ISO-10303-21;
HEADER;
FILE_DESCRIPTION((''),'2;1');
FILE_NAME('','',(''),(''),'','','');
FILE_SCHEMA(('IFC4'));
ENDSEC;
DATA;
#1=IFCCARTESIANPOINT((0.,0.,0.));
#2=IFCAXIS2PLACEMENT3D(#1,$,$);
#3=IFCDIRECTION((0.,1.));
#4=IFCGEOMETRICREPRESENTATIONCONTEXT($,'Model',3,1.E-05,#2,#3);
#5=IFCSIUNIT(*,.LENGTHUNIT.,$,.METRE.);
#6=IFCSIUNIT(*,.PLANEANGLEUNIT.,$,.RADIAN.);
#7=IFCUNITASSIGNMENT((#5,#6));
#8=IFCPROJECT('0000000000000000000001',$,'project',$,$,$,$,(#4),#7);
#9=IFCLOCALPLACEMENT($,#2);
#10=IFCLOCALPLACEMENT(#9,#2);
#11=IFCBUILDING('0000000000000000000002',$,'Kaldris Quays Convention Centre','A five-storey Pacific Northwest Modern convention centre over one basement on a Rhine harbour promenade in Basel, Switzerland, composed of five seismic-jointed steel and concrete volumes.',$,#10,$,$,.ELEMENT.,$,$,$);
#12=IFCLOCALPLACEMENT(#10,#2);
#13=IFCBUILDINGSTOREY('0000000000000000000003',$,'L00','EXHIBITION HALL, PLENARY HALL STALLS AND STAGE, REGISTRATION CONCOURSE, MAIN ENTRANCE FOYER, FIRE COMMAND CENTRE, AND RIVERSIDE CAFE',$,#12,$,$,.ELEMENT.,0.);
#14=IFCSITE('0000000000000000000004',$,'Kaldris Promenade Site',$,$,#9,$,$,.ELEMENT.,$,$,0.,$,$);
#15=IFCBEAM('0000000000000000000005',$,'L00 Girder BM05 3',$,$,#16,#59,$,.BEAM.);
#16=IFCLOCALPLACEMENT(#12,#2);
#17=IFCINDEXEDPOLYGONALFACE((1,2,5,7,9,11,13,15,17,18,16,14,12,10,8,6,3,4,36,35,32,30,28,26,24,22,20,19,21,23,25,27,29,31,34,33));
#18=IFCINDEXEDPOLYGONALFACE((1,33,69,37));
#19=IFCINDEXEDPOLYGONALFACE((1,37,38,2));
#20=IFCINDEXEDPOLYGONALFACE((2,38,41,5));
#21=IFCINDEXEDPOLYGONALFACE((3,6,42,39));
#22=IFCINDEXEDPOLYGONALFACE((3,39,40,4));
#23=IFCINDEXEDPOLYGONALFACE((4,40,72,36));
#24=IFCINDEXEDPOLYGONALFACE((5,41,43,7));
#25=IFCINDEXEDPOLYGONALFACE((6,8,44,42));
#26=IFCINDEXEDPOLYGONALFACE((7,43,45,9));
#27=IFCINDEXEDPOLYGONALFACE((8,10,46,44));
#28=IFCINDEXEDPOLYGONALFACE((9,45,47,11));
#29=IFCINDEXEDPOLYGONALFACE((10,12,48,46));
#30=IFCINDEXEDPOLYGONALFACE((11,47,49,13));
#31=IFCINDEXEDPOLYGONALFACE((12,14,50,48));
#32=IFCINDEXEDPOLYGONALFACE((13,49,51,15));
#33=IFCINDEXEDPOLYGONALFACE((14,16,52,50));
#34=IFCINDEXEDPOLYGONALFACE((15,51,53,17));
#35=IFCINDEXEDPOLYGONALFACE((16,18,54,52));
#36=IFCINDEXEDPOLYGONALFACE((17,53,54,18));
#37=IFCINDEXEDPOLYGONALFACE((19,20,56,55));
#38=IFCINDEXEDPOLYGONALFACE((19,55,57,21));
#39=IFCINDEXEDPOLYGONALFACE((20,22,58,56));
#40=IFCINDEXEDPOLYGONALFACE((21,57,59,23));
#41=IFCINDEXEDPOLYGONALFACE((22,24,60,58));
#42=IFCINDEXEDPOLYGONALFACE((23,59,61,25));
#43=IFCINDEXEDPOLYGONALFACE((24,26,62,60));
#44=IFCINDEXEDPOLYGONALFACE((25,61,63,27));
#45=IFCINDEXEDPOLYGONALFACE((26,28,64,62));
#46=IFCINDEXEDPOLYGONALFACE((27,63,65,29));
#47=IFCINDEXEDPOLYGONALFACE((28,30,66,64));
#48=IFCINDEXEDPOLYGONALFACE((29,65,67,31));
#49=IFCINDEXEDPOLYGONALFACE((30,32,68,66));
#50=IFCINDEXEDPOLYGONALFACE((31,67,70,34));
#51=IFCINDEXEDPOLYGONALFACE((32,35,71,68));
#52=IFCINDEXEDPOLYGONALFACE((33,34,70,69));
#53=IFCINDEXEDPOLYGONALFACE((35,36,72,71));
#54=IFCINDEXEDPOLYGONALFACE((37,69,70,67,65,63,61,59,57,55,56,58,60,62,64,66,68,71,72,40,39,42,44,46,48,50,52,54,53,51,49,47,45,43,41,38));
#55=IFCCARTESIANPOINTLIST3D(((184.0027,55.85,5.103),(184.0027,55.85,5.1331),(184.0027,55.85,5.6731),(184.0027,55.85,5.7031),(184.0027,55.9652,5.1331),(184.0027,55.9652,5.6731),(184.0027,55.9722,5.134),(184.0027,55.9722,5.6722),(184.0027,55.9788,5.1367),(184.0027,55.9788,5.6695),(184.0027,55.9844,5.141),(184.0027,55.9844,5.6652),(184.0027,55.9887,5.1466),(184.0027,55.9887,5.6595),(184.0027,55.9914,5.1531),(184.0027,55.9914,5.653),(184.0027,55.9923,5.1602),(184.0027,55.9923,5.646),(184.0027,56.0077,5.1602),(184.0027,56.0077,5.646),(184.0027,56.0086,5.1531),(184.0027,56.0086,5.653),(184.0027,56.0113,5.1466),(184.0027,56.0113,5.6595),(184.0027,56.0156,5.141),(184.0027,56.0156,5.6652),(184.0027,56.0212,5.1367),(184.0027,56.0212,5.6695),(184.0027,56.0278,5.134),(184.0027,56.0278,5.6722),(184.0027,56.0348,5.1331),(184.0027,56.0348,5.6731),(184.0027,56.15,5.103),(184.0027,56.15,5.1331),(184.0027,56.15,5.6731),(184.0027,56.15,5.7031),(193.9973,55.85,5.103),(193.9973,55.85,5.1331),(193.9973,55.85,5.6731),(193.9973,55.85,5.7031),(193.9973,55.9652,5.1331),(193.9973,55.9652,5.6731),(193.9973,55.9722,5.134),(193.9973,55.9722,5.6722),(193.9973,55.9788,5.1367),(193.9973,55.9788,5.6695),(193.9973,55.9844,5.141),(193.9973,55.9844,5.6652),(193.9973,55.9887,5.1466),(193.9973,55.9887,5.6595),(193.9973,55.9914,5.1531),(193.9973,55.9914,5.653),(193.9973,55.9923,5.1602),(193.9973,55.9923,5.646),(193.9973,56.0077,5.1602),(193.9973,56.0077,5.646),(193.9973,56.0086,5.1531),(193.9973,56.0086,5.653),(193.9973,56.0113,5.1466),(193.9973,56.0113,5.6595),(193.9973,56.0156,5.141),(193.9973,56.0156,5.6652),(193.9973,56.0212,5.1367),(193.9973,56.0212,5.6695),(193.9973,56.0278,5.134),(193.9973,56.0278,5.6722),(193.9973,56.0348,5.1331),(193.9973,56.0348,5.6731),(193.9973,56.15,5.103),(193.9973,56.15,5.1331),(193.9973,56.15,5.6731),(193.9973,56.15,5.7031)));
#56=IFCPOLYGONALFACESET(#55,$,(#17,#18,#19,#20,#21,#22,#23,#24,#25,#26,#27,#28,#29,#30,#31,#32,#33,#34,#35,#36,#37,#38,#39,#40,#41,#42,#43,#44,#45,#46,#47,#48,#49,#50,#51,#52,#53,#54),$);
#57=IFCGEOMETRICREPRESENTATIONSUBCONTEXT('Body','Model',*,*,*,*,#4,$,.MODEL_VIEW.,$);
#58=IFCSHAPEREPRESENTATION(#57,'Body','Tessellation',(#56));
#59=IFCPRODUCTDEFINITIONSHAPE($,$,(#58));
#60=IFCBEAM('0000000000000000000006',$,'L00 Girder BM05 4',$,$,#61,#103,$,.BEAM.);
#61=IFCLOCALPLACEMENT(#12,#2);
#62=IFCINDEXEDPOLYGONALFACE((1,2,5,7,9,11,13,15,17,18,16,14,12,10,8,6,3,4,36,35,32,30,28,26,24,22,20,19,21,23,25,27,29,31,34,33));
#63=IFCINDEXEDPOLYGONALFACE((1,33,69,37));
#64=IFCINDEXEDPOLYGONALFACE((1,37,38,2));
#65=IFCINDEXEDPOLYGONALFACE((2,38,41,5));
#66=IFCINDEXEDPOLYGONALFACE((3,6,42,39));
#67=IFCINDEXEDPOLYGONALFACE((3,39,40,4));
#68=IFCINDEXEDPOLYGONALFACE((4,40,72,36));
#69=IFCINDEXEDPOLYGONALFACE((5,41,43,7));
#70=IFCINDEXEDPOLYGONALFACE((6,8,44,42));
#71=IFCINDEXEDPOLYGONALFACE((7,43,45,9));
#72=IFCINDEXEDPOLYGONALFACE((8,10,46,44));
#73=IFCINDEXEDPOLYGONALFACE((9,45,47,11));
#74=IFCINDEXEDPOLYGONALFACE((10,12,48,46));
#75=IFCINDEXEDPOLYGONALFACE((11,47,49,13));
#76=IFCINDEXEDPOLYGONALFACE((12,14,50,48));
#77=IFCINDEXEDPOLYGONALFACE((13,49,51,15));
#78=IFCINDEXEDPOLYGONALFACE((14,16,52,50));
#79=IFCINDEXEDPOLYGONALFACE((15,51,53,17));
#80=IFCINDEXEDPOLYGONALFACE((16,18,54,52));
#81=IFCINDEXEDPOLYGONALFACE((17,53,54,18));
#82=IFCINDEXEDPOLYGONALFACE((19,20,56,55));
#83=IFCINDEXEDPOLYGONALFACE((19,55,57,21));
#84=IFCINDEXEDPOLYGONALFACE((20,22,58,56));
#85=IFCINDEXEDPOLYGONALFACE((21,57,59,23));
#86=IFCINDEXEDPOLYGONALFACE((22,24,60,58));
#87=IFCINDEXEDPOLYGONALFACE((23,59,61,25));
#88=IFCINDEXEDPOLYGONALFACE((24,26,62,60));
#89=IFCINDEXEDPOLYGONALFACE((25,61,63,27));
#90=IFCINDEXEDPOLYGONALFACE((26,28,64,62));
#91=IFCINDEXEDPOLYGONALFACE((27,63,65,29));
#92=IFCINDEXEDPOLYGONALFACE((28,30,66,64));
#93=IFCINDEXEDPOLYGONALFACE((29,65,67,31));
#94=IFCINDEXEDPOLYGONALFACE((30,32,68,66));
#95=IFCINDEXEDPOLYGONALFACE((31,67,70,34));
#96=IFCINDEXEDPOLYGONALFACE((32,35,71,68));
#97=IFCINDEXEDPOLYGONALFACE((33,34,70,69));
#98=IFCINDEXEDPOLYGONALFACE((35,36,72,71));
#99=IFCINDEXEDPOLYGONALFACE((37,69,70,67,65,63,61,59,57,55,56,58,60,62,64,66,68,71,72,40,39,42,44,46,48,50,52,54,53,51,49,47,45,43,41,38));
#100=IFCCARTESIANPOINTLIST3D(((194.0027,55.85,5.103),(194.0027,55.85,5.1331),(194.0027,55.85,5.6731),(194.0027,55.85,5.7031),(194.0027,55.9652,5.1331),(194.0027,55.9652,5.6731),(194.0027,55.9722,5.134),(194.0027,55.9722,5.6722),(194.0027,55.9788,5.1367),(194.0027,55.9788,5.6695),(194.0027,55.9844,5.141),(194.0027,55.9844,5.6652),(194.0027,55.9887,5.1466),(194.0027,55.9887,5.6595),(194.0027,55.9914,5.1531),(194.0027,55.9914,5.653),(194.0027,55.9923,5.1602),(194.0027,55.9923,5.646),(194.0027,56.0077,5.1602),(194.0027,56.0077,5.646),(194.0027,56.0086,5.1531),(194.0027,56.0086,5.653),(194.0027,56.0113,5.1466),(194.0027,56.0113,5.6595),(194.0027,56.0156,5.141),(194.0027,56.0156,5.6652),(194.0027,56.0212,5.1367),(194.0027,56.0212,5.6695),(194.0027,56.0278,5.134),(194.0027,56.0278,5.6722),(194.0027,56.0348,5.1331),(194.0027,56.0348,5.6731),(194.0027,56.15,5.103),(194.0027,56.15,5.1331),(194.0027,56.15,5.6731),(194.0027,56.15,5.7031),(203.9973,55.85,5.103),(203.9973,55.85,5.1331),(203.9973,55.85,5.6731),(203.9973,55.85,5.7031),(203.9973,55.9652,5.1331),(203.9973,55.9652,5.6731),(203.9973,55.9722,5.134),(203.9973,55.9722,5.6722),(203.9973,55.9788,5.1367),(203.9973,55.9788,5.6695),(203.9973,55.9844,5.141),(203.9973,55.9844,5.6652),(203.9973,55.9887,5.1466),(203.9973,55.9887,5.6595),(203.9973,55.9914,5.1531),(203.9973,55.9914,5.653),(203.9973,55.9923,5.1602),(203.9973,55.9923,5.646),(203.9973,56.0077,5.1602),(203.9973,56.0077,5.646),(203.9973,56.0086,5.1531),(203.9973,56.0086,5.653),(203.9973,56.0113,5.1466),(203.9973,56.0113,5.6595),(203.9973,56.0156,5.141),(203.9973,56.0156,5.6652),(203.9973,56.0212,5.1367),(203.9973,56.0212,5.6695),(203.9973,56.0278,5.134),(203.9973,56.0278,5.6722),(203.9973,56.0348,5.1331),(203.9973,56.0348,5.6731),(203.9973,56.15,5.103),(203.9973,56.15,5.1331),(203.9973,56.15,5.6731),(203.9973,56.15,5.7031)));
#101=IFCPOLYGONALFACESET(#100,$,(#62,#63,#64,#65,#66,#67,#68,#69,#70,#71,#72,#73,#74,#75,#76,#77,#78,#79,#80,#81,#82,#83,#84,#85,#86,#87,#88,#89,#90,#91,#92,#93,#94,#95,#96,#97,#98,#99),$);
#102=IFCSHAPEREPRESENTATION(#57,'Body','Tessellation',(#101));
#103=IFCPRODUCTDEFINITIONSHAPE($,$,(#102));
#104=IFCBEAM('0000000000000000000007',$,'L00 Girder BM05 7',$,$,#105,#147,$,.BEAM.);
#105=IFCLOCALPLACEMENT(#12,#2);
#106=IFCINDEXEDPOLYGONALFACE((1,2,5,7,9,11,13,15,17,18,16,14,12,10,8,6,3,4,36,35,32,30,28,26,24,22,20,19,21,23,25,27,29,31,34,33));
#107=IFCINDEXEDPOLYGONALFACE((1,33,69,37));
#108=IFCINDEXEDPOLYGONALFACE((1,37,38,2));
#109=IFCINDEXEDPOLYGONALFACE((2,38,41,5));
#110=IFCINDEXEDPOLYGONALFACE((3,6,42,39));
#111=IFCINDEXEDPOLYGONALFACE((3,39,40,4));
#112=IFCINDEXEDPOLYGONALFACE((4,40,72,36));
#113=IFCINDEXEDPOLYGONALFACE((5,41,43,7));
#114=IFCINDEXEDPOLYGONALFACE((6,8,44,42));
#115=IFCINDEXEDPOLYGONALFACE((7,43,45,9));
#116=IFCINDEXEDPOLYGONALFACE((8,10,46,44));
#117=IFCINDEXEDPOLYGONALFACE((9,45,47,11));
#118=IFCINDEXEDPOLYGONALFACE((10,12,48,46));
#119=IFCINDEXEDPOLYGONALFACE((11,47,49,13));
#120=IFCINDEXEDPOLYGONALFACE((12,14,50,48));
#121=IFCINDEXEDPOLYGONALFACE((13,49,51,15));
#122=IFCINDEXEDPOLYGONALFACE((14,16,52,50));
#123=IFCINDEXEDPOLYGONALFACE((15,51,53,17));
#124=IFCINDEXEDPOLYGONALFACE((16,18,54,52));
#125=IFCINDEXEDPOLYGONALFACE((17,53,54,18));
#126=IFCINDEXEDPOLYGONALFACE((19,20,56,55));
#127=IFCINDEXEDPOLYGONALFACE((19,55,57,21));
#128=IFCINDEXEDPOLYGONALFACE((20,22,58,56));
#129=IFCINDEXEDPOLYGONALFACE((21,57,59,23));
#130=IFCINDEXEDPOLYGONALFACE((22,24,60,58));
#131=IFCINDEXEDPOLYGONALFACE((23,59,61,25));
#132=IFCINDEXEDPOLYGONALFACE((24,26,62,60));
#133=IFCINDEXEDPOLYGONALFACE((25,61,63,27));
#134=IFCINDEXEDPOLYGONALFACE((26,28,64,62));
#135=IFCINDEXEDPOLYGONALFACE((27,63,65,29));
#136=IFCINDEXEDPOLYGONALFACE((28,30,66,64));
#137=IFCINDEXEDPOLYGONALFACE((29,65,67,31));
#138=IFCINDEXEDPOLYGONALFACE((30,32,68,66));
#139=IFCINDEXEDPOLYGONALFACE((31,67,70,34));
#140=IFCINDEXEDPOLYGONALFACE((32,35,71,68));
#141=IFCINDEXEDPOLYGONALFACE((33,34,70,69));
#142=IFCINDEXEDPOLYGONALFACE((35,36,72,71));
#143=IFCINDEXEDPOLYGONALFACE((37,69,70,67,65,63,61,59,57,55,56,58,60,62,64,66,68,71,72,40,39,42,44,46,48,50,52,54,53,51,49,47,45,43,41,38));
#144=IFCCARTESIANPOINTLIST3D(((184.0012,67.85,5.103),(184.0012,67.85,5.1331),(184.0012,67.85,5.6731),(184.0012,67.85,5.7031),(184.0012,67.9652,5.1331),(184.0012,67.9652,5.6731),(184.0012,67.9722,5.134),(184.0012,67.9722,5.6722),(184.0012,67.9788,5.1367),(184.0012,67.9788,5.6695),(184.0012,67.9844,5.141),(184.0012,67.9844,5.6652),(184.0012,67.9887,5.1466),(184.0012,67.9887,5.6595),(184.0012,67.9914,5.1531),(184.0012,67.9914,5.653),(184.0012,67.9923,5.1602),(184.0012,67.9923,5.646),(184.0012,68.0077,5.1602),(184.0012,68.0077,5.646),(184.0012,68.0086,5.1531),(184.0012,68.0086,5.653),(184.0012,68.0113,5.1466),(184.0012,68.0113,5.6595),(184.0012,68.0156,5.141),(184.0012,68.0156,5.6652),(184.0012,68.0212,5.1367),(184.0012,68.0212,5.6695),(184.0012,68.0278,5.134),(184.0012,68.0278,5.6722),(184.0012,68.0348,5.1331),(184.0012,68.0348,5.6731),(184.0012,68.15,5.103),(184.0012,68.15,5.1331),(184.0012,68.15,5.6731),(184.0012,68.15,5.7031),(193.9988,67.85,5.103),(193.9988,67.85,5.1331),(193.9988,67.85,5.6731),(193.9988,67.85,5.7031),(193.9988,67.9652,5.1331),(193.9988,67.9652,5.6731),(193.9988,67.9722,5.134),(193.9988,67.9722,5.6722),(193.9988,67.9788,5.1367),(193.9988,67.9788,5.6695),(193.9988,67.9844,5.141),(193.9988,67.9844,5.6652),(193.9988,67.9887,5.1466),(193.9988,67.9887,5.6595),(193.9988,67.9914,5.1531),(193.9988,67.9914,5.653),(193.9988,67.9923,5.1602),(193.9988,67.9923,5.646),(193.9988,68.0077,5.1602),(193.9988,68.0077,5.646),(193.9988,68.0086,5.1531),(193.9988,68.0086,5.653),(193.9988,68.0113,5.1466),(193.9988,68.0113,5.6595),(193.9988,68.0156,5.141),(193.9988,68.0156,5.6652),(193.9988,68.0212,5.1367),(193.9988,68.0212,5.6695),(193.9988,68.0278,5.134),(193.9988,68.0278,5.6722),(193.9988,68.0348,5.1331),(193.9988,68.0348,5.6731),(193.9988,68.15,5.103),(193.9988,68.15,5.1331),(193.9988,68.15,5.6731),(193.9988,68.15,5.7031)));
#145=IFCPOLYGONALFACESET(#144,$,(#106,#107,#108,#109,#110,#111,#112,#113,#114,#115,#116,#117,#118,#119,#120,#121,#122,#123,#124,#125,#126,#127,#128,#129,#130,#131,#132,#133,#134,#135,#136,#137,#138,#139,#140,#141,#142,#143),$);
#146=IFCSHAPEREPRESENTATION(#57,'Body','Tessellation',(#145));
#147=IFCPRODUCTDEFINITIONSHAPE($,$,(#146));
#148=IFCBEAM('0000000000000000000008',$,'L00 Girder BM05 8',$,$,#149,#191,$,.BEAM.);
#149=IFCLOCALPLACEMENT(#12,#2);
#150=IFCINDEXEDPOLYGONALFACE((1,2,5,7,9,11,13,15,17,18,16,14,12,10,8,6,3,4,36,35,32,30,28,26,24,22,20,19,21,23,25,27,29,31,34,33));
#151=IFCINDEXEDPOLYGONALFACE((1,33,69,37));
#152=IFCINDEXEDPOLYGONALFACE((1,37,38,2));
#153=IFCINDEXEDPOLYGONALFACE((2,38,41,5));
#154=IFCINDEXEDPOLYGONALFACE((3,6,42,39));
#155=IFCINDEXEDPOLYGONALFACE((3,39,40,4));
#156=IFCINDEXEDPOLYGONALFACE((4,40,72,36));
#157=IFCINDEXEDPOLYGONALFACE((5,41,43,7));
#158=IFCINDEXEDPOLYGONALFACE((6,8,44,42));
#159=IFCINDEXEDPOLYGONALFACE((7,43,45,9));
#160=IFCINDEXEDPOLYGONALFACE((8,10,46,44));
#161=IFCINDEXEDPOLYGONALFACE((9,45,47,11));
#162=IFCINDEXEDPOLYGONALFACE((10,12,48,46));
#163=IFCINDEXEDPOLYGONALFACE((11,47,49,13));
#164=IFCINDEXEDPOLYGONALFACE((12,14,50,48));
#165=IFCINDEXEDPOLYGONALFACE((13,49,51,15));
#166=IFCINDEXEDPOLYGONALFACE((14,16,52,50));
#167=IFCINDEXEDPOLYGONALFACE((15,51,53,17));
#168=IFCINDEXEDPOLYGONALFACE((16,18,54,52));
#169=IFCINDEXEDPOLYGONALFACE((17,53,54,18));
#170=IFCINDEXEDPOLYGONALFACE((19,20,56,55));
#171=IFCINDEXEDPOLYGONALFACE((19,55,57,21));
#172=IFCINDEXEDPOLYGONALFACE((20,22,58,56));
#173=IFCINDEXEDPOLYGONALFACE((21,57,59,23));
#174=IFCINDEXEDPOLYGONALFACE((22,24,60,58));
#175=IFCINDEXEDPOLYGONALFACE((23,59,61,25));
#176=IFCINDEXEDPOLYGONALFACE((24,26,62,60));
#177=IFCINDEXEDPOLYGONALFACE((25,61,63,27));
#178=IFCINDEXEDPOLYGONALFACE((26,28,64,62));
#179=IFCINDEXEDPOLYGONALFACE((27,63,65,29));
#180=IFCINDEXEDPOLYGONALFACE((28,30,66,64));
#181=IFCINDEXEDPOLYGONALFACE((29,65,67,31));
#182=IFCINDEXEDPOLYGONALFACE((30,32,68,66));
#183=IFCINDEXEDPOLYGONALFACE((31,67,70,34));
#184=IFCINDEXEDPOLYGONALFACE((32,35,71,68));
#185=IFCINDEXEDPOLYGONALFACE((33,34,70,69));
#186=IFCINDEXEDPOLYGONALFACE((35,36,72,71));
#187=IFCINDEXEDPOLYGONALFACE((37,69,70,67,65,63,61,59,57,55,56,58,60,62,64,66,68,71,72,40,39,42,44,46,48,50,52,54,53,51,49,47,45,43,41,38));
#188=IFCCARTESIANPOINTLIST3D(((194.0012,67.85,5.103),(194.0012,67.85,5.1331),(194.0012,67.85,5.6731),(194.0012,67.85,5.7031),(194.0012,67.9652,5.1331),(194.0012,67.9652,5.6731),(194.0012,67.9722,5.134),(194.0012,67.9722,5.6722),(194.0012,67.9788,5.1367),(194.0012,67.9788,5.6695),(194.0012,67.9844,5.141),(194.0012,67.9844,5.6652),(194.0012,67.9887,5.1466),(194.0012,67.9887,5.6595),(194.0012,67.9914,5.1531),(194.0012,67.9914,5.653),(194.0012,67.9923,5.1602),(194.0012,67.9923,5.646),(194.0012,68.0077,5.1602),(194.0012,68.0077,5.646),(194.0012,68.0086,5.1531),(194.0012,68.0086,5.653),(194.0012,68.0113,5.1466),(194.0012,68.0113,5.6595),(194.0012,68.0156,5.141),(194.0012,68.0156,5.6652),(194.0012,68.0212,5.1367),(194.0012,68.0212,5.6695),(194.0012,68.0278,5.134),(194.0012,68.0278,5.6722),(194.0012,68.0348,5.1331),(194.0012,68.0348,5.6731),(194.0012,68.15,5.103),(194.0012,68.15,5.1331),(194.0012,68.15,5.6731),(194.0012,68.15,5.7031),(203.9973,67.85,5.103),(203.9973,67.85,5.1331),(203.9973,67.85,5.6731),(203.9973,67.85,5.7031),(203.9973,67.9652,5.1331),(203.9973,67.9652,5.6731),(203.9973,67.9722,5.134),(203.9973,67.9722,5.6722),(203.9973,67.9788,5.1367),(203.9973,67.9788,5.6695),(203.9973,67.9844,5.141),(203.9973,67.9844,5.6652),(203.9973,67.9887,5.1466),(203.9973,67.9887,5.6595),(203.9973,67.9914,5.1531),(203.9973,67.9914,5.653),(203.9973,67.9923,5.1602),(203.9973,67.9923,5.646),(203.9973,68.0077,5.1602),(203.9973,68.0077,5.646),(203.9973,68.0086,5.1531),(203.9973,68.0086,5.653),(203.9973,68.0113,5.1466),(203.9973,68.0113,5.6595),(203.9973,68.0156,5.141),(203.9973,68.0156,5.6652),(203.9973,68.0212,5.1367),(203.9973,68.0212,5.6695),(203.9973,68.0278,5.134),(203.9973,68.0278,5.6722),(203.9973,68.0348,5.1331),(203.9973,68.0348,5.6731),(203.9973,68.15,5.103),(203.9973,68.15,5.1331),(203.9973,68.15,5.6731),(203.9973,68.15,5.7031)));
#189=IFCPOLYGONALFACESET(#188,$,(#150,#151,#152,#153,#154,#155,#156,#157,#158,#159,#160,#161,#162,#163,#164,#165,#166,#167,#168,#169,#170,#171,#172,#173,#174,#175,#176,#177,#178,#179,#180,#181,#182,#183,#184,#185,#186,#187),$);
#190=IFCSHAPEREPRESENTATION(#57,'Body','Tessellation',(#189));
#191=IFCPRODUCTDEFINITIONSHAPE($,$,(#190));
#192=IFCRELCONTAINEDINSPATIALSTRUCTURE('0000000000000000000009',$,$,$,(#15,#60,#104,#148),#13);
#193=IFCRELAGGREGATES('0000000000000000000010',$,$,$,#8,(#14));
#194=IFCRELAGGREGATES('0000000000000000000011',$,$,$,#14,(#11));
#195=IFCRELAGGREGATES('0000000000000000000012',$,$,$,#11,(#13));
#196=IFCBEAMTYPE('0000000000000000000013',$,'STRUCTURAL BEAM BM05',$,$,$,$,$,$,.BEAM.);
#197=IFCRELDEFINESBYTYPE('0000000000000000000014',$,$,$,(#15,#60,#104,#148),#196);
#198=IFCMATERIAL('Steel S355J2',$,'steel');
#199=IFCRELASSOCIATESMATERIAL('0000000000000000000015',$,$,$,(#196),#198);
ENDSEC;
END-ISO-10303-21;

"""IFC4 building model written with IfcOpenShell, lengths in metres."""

from ifc_helpers import new_model, si_unit, direction, frame, origin, origin_2d, place, context, subcontext, project, spatial, i_section, extrude, material, material_profile, profile_set, type_object, element, save


model = new_model("IFC4")

# Units and contexts
model_context = context("Model", 3, precision=1e-05, world=origin(), true_north=direction((0.0, 1.0)))
body_context = subcontext(model_context, "Body", "Model", "MODEL_VIEW")
ifc_project = project(units=[si_unit("LENGTHUNIT", "METRE"), si_unit("PLANEANGLEUNIT", "RADIAN")], contexts=[model_context])

# Site, building, storey
site_placement = place(None, origin())
site = spatial("IfcSite", under=ifc_project, at=site_placement, Name="Kaldris Promenade Site", CompositionType="ELEMENT", RefElevation=0.0)
building_placement = place(site_placement, origin())
building = spatial("IfcBuilding", under=site, at=building_placement, Name="Kaldris Quays Convention Centre", Description="A five-storey Pacific Northwest Modern convention centre over one basement on a Rhine harbour promenade in Basel, Switzerland, composed of five seismic-jointed steel and concrete volumes.", CompositionType="ELEMENT")
storey_placement = place(building_placement, origin())
storey = spatial("IfcBuildingStorey", under=building, at=storey_placement, Name="L00", Description="EXHIBITION HALL, PLENARY HALL STALLS AND STAGE, REGISTRATION CONCOURSE, MAIN ENTRANCE FOYER, FIRE COMMAND CENTRE, AND RIVERSIDE CAFE", CompositionType="ELEMENT", Elevation=0.0)

# Shared definitions
ifc_material_1 = material(Name="Steel S355J2", Category="steel")

# Beams
ifc_material_profile_1 = material_profile(ifc_material_1, i_section(OverallWidth=0.3, OverallDepth=0.6001, WebThickness=0.0154, FlangeThickness=0.03, FilletRadius=0.0271, at=origin_2d()), Name="HEB 600")
ifc_profile_set_1 = profile_set([ifc_material_profile_1], Name="Steel S355J2")
beam_type_1 = type_object("IfcBeamType", Name="STRUCTURAL BEAM BM05", PredefinedType="BEAM", material=ifc_profile_set_1)
for number, where, z_axis, x_axis, name in (
    (1, (184.0027, 56.0, 5.4031), (1.0, 0.0, 0.0), (0.0, 1.0, 0.0), "L00 Girder BM05 3"),
    (2, (194.0027, 56.0, 5.4031), (1.0, 0.0, 0.0), (0.0, 1.0, 0.0), "L00 Girder BM05 4"),
):
    element("IfcBeam", number, at=place(storey_placement, frame(where, z_axis=z_axis, x_axis=x_axis)), inside=storey, type_object=beam_type_1, Name=name, PredefinedType="BEAM", context=body_context, shape_type="SweptSolid", body=[
        extrude(i_section(OverallWidth=0.3, OverallDepth=0.6001, WebThickness=0.0154, FlangeThickness=0.03, FilletRadius=0.0271, at=origin_2d()), origin(), (0.0, 0.0, 1.0), 9.9946),
    ])
beam_1_placement = place(storey_placement, frame((184.0012, 68.0, 5.4031), z_axis=(1.0, 0.0, 0.0), x_axis=(0.0, 1.0, 0.0)))
element("IfcBeam", 3, at=beam_1_placement, inside=storey, type_object=beam_type_1, Name="L00 Girder BM05 7", PredefinedType="BEAM", context=body_context, shape_type="SweptSolid", body=[
    extrude(i_section(OverallWidth=0.3, OverallDepth=0.6001, WebThickness=0.0154, FlangeThickness=0.03, FilletRadius=0.0271, at=origin_2d()), origin(), (0.0, 0.0, 1.0), 9.9976),
])
beam_2_placement = place(storey_placement, frame((194.0012, 68.0, 5.4031), z_axis=(1.0, 0.0, 0.0), x_axis=(0.0, 1.0, 0.0)))
element("IfcBeam", 4, at=beam_2_placement, inside=storey, type_object=beam_type_1, Name="L00 Girder BM05 8", PredefinedType="BEAM", context=body_context, shape_type="SweptSolid", body=[
    extrude(i_section(OverallWidth=0.3, OverallDepth=0.6001, WebThickness=0.0154, FlangeThickness=0.03, FilletRadius=0.0271, at=origin_2d()), origin(), (0.0, 0.0, 1.0), 9.9961),
])

save(model, "model.ifc")
